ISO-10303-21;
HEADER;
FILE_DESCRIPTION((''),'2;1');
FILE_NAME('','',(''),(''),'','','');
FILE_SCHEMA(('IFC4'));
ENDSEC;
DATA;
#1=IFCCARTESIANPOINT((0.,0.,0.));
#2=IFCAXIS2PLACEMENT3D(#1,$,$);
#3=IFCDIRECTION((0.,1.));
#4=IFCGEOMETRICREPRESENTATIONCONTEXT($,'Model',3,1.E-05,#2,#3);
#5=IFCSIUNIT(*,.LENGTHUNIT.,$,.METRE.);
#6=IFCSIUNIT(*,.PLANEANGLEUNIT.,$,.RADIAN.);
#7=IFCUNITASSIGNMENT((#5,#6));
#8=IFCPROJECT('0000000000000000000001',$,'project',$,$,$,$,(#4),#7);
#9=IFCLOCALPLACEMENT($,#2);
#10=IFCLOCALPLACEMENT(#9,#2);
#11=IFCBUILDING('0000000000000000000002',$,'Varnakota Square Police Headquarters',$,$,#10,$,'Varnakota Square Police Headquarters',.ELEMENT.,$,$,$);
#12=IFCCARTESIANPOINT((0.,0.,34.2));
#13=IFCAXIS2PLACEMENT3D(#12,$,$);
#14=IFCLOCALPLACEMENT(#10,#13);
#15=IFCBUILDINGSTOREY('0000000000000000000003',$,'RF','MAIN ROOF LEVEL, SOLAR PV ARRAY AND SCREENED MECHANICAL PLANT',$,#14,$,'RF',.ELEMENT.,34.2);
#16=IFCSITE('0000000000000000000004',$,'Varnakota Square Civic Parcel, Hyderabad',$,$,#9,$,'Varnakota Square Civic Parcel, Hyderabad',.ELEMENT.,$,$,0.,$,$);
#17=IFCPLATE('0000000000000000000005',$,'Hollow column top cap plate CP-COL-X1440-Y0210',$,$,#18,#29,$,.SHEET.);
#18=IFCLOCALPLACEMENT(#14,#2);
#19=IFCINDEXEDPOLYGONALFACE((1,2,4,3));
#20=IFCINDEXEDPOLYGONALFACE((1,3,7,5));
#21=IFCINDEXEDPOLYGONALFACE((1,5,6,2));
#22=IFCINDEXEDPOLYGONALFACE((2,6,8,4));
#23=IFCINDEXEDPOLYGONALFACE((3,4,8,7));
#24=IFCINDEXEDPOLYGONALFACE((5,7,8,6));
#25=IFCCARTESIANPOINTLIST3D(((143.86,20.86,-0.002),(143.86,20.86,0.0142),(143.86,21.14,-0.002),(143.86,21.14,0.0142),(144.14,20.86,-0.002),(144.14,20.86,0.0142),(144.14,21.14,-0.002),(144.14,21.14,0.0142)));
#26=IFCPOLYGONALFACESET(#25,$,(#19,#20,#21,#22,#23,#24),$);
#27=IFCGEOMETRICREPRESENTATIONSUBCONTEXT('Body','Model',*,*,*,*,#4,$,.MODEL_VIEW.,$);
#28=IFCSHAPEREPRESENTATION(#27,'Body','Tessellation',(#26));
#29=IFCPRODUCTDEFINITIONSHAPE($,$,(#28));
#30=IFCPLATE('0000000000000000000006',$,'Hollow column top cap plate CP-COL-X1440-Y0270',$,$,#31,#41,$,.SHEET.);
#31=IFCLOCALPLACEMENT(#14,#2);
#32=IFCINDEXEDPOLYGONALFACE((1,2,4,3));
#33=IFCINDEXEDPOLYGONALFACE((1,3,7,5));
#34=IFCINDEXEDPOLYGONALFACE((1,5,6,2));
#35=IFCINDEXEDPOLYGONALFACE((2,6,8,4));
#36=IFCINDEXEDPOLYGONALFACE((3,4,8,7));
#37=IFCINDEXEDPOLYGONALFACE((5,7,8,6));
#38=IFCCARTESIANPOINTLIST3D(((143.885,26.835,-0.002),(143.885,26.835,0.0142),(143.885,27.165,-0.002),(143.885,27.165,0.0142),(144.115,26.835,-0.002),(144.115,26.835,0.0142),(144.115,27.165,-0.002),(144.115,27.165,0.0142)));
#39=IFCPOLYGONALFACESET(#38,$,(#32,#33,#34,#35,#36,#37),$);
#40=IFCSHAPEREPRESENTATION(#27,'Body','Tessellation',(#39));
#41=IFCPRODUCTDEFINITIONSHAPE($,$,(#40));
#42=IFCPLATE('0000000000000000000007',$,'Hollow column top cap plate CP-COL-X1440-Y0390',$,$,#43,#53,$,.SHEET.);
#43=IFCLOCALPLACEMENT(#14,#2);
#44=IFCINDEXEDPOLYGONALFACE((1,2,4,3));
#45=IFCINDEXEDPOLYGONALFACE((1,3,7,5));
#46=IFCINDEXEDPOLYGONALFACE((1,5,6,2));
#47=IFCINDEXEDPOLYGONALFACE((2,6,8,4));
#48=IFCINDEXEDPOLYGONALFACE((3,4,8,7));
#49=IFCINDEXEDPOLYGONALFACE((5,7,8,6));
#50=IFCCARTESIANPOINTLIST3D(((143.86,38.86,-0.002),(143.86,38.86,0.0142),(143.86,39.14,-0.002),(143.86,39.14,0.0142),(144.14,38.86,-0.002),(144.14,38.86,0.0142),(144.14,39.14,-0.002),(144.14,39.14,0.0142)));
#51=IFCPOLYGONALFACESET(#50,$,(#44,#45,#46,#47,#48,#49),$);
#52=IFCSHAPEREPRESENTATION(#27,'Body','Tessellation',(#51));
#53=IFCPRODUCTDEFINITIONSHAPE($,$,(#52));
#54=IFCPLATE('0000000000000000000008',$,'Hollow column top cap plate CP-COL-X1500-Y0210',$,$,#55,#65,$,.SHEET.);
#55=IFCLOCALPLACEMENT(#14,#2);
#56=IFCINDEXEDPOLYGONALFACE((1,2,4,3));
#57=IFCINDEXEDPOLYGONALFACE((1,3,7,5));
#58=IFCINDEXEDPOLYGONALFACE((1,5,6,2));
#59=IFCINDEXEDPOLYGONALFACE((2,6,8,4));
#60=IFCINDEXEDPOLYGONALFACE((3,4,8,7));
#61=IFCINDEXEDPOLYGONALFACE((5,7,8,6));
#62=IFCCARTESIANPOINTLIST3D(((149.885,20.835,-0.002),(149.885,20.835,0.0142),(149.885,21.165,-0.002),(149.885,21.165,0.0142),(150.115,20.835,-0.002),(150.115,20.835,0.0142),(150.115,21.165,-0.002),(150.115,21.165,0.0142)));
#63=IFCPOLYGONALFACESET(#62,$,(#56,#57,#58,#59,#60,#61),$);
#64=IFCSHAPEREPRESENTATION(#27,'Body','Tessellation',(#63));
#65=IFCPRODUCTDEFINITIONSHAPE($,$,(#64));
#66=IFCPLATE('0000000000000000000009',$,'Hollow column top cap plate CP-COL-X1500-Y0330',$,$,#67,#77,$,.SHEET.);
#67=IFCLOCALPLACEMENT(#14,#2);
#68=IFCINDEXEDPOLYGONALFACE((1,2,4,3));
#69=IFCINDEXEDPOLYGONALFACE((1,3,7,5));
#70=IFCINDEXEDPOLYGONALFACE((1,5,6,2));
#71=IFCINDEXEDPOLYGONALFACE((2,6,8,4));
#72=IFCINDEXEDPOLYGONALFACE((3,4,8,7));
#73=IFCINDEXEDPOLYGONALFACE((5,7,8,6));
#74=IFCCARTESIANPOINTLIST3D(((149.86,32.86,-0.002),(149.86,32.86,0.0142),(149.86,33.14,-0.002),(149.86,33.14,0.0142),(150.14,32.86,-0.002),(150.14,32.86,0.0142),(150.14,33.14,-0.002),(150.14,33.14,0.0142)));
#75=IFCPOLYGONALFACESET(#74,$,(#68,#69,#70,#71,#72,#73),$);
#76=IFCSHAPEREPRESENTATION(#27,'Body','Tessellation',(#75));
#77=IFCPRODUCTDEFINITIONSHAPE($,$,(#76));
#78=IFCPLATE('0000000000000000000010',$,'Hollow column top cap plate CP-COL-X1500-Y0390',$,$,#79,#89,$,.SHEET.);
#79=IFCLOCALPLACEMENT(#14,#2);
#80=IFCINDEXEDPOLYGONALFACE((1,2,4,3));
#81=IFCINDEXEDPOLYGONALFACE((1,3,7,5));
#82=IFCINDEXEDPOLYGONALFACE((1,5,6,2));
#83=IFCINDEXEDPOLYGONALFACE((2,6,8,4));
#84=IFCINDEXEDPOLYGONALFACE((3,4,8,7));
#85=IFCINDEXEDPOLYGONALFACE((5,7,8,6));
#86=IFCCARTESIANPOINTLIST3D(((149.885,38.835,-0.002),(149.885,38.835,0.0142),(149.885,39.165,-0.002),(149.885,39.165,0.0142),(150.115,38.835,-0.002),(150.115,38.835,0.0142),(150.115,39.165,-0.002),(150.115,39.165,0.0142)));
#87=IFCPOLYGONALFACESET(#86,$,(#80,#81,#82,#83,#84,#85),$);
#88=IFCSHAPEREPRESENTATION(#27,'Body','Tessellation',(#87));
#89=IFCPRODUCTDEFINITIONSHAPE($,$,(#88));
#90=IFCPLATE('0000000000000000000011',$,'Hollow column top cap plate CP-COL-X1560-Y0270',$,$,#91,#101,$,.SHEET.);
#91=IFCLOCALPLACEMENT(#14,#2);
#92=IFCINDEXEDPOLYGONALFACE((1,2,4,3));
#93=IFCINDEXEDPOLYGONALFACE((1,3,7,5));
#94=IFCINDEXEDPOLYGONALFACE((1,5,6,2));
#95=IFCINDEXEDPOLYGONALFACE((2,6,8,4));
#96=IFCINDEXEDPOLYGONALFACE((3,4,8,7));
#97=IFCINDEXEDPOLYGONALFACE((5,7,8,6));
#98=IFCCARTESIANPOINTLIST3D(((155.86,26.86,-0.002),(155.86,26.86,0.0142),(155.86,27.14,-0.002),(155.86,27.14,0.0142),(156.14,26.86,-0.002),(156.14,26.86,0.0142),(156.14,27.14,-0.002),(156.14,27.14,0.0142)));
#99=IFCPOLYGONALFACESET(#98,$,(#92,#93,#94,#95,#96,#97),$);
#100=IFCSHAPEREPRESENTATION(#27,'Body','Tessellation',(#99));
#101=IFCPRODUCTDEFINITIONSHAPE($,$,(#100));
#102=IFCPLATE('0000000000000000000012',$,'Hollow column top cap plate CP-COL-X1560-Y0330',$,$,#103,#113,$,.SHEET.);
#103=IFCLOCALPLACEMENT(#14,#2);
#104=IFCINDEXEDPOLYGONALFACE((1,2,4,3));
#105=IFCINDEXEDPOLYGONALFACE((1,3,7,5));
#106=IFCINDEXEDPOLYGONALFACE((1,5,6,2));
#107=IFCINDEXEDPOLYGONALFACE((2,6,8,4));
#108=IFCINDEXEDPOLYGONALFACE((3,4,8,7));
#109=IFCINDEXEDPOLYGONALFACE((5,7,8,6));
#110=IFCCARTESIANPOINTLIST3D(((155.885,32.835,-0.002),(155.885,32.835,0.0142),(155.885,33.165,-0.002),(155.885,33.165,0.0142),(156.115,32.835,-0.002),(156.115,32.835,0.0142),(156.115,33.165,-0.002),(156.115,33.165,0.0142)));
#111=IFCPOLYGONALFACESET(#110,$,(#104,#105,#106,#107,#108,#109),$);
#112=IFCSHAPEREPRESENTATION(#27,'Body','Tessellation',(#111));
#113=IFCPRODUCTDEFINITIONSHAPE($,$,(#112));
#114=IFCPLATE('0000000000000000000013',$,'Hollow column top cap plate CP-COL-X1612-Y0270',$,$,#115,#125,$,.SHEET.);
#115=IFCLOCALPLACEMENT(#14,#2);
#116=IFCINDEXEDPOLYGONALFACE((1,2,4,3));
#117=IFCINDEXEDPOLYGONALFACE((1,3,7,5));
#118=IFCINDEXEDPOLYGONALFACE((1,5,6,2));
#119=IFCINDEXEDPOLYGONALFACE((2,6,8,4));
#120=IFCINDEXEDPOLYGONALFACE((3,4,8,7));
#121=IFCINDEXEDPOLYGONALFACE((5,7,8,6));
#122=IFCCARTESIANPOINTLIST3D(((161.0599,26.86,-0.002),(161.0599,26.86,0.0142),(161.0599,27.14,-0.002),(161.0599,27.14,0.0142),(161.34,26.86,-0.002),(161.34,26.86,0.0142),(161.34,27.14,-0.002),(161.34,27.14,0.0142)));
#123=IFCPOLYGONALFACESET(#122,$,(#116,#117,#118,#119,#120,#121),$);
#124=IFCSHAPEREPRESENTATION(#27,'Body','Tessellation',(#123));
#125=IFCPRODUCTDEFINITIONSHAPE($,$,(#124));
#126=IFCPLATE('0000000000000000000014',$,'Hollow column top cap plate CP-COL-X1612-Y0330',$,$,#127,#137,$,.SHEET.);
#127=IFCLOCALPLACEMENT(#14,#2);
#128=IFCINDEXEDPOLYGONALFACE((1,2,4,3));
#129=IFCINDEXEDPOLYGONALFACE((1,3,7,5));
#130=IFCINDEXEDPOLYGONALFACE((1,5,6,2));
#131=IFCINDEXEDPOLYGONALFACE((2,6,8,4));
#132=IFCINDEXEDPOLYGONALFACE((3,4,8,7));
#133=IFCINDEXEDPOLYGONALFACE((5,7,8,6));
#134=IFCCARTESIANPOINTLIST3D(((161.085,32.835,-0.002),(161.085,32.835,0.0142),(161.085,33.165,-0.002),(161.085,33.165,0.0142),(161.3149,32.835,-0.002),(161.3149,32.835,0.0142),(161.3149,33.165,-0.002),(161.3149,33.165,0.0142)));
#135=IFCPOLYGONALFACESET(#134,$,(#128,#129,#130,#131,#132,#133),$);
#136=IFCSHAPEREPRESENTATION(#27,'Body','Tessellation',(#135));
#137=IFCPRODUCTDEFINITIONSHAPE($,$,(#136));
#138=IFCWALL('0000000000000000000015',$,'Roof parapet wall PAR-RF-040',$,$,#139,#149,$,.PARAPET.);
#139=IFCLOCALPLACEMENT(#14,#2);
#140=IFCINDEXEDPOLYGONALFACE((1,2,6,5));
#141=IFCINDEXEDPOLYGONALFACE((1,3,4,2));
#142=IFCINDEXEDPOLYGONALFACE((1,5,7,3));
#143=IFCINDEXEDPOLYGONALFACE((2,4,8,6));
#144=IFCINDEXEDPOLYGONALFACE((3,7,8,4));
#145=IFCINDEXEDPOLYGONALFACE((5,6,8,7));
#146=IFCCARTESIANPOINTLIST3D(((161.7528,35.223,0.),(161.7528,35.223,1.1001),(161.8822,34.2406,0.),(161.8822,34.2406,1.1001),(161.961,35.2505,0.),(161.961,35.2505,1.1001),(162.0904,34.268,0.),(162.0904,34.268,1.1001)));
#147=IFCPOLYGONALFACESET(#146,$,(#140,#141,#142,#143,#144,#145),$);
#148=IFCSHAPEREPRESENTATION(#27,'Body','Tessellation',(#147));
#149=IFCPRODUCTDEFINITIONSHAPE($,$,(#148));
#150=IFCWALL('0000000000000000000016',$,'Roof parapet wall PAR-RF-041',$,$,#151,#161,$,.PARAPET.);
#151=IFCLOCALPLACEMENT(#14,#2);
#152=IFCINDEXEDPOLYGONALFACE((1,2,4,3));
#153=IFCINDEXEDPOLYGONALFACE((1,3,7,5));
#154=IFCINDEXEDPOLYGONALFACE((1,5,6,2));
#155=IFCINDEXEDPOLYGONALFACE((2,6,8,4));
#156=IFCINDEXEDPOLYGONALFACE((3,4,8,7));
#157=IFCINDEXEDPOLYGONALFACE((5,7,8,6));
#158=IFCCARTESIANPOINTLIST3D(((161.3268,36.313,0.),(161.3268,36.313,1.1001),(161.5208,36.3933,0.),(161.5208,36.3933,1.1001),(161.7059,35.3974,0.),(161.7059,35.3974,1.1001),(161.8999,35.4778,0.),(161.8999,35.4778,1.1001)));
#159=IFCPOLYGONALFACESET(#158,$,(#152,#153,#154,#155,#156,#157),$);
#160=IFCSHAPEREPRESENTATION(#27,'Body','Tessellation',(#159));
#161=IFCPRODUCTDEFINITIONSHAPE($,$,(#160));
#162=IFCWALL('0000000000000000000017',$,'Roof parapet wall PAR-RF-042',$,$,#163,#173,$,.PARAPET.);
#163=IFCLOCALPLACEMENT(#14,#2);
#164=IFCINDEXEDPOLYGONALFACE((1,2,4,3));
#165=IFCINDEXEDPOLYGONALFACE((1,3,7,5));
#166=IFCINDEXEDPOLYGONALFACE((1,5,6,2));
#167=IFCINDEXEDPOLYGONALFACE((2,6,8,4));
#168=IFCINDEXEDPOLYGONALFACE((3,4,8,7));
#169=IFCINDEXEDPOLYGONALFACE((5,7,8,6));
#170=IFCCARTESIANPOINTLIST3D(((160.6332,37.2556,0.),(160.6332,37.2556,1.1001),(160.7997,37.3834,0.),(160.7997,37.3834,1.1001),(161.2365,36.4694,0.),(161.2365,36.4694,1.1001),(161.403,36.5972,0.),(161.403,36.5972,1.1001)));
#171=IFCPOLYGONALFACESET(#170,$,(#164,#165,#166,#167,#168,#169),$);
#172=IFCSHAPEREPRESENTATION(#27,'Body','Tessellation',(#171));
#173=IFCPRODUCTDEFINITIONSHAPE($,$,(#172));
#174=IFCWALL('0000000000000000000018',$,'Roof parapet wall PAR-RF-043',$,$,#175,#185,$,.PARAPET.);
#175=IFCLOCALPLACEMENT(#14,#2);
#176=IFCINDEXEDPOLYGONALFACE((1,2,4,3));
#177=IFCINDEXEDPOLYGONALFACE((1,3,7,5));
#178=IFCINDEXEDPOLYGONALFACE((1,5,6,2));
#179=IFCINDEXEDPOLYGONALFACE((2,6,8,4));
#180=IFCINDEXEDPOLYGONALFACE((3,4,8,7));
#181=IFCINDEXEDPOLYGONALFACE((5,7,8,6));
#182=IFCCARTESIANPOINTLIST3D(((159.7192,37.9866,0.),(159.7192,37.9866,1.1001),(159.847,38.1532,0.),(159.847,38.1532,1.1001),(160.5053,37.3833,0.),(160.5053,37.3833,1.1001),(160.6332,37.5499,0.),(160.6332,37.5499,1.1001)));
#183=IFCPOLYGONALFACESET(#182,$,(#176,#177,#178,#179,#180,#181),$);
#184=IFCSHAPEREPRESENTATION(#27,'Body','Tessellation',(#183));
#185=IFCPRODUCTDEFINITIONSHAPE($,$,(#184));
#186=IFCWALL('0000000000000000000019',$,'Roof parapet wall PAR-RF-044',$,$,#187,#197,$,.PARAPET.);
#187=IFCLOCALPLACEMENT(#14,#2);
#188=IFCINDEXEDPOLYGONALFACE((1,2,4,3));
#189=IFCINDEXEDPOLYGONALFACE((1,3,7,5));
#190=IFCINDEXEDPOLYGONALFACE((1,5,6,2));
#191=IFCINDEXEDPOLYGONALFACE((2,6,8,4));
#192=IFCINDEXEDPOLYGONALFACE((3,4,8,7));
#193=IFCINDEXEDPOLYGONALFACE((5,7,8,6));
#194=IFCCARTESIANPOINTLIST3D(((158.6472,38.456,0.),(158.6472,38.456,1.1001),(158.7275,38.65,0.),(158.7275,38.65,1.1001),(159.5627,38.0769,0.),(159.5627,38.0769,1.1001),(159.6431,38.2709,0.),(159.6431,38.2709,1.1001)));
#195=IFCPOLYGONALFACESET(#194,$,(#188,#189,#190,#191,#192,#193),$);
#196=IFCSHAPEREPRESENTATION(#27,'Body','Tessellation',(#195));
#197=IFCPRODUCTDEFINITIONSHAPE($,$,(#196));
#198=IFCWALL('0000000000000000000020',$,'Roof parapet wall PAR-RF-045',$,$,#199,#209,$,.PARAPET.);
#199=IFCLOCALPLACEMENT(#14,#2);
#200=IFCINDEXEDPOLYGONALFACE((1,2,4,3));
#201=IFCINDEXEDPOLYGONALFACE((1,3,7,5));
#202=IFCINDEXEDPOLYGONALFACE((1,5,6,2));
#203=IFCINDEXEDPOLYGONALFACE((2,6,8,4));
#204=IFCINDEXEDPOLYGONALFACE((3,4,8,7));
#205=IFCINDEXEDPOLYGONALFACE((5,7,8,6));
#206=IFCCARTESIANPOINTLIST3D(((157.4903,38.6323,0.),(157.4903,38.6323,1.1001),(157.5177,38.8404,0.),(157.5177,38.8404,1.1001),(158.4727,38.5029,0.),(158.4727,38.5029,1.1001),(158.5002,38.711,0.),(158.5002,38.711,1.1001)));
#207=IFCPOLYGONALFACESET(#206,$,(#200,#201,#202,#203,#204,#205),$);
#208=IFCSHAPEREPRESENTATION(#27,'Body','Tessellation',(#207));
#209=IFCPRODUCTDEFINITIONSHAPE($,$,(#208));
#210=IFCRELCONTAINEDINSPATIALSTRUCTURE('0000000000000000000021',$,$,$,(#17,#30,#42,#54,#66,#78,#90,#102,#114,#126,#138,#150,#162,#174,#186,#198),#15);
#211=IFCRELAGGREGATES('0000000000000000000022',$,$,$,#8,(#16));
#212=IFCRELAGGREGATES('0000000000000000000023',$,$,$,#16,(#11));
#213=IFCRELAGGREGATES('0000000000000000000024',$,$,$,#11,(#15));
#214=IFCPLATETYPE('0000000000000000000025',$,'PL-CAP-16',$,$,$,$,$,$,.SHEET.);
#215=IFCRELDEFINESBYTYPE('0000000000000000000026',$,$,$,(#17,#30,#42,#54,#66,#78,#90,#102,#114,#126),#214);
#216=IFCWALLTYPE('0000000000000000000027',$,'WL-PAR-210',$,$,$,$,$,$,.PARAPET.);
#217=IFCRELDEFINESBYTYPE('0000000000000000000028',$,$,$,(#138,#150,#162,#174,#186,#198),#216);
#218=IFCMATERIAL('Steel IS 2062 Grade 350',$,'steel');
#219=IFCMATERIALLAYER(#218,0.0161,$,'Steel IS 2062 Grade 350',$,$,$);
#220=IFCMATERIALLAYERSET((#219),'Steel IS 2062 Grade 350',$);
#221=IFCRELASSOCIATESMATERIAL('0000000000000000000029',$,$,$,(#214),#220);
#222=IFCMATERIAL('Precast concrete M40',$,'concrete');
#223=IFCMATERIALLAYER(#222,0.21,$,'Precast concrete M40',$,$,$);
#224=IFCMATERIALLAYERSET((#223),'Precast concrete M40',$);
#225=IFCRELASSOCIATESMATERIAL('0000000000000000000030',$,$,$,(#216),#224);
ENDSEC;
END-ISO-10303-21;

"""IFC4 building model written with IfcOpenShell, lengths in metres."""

from ifc_helpers import new_model, si_unit, direction, frame, frame_2d, origin, origin_2d, place, context, subcontext, project, spatial, rectangle, extrude, material, layer, layer_set, type_object, element, save


model = new_model("IFC4")

# Units and contexts
model_context = context("Model", 3, precision=1e-05, world=origin(), true_north=direction((0.0, 1.0)))
body_context = subcontext(model_context, "Body", "Model", "MODEL_VIEW")
ifc_project = project(units=[si_unit("LENGTHUNIT", "METRE"), si_unit("PLANEANGLEUNIT", "RADIAN")], contexts=[model_context])

# Site, building, storey
site_placement = place(None, origin())
site = spatial("IfcSite", under=ifc_project, at=site_placement, Name="Varnakota Square Civic Parcel, Hyderabad", LongName="Varnakota Square Civic Parcel, Hyderabad", CompositionType="ELEMENT", RefElevation=0.0)
building_placement = place(site_placement, origin())
building = spatial("IfcBuilding", under=site, at=building_placement, Name="Varnakota Square Police Headquarters", LongName="Varnakota Square Police Headquarters", CompositionType="ELEMENT")
storey_placement = place(building_placement, frame((0.0, 0.0, 34.2)))
storey = spatial("IfcBuildingStorey", under=building, at=storey_placement, Name="RF", Description="MAIN ROOF LEVEL, SOLAR PV ARRAY AND SCREENED MECHANICAL PLANT", LongName="RF", CompositionType="ELEMENT", Elevation=34.2)

# Plates
ifc_material_1 = material(Name="Steel IS 2062 Grade 350", Category="steel")
ifc_layer_1 = layer(ifc_material_1, 0.0161, Name="Steel IS 2062 Grade 350")
ifc_layer_set_1 = layer_set([ifc_layer_1], Name="Steel IS 2062 Grade 350")
plate_type = type_object("IfcPlateType", Name="PL-CAP-16", PredefinedType="SHEET", material=ifc_layer_set_1)
plate_1_placement = place(storey_placement, frame((144.0, 21.0, -0.002), z_axis=(0.0, 0.0, 1.0), x_axis=(1.0, 0.0, 0.0)))
element("IfcPlate", 1, at=plate_1_placement, inside=storey, type_object=plate_type, Name="Hollow column top cap plate CP-COL-X1440-Y0210", PredefinedType="SHEET", context=body_context, shape_type="SweptSolid", body=[
    extrude(rectangle(XDim=0.28, YDim=0.28, at=origin_2d()), origin(), (0.0, 0.0, 1.0), 0.0161),
])
plate_2_placement = place(storey_placement, frame((144.0, 27.0, -0.002), z_axis=(0.0, 0.0, 1.0), x_axis=(1.0, 0.0, 0.0)))
element("IfcPlate", 2, at=plate_2_placement, inside=storey, type_object=plate_type, Name="Hollow column top cap plate CP-COL-X1440-Y0270", PredefinedType="SHEET", context=body_context, shape_type="SweptSolid", body=[
    extrude(rectangle(XDim=0.23, YDim=0.3301, at=origin_2d()), origin(), (0.0, 0.0, 1.0), 0.0161),
])
plate_3_placement = place(storey_placement, frame((144.0, 39.0, -0.002), z_axis=(0.0, 0.0, 1.0), x_axis=(1.0, 0.0, 0.0)))
element("IfcPlate", 3, at=plate_3_placement, inside=storey, type_object=plate_type, Name="Hollow column top cap plate CP-COL-X1440-Y0390", PredefinedType="SHEET", context=body_context, shape_type="SweptSolid", body=[
    extrude(rectangle(XDim=0.28, YDim=0.28, at=origin_2d()), origin(), (0.0, 0.0, 1.0), 0.0161),
])
plate_4_placement = place(storey_placement, frame((150.0, 21.0, -0.002), z_axis=(0.0, 0.0, 1.0), x_axis=(1.0, 0.0, 0.0)))
element("IfcPlate", 4, at=plate_4_placement, inside=storey, type_object=plate_type, Name="Hollow column top cap plate CP-COL-X1500-Y0210", PredefinedType="SHEET", context=body_context, shape_type="SweptSolid", body=[
    extrude(rectangle(XDim=0.23, YDim=0.3301, at=origin_2d()), origin(), (0.0, 0.0, 1.0), 0.0161),
])
plate_5_placement = place(storey_placement, frame((150.0, 33.0, -0.002), z_axis=(0.0, 0.0, 1.0), x_axis=(1.0, 0.0, 0.0)))
element("IfcPlate", 5, at=plate_5_placement, inside=storey, type_object=plate_type, Name="Hollow column top cap plate CP-COL-X1500-Y0330", PredefinedType="SHEET", context=body_context, shape_type="SweptSolid", body=[
    extrude(rectangle(XDim=0.28, YDim=0.28, at=origin_2d()), origin(), (0.0, 0.0, 1.0), 0.0161),
])
plate_6_placement = place(storey_placement, frame((150.0, 39.0, -0.002), z_axis=(0.0, 0.0, 1.0), x_axis=(1.0, 0.0, 0.0)))
element("IfcPlate", 6, at=plate_6_placement, inside=storey, type_object=plate_type, Name="Hollow column top cap plate CP-COL-X1500-Y0390", PredefinedType="SHEET", context=body_context, shape_type="SweptSolid", body=[
    extrude(rectangle(XDim=0.23, YDim=0.3301, at=origin_2d()), origin(), (0.0, 0.0, 1.0), 0.0161),
])
plate_7_placement = place(storey_placement, frame((156.0, 27.0, -0.002), z_axis=(0.0, 0.0, 1.0), x_axis=(1.0, 0.0, 0.0)))
element("IfcPlate", 7, at=plate_7_placement, inside=storey, type_object=plate_type, Name="Hollow column top cap plate CP-COL-X1560-Y0270", PredefinedType="SHEET", context=body_context, shape_type="SweptSolid", body=[
    extrude(rectangle(XDim=0.28, YDim=0.28, at=origin_2d()), origin(), (0.0, 0.0, 1.0), 0.0161),
])
plate_8_placement = place(storey_placement, frame((156.0, 33.0, -0.002), z_axis=(0.0, 0.0, 1.0), x_axis=(1.0, 0.0, 0.0)))
element("IfcPlate", 8, at=plate_8_placement, inside=storey, type_object=plate_type, Name="Hollow column top cap plate CP-COL-X1560-Y0330", PredefinedType="SHEET", context=body_context, shape_type="SweptSolid", body=[
    extrude(rectangle(XDim=0.23, YDim=0.3301, at=origin_2d()), origin(), (0.0, 0.0, 1.0), 0.0161),
])
plate_9_placement = place(storey_placement, frame((161.2, 27.0, -0.002), z_axis=(0.0, 0.0, 1.0), x_axis=(1.0, 0.0, 0.0)))
element("IfcPlate", 9, at=plate_9_placement, inside=storey, type_object=plate_type, Name="Hollow column top cap plate CP-COL-X1612-Y0270", PredefinedType="SHEET", context=body_context, shape_type="SweptSolid", body=[
    extrude(rectangle(XDim=0.28, YDim=0.28, at=origin_2d()), origin(), (0.0, 0.0, 1.0), 0.0161),
])
plate_10_placement = place(storey_placement, frame((161.2, 33.0, -0.002), z_axis=(0.0, 0.0, 1.0), x_axis=(1.0, 0.0, 0.0)))
element("IfcPlate", 10, at=plate_10_placement, inside=storey, type_object=plate_type, Name="Hollow column top cap plate CP-COL-X1612-Y0330", PredefinedType="SHEET", context=body_context, shape_type="SweptSolid", body=[
    extrude(rectangle(XDim=0.23, YDim=0.3301, at=origin_2d()), origin(), (0.0, 0.0, 1.0), 0.0161),
])

# Walls
ifc_material_2 = material(Name="Precast concrete M40", Category="concrete")
ifc_layer_2 = layer(ifc_material_2, 0.21, Name="Precast concrete M40")
ifc_layer_set_2 = layer_set([ifc_layer_2], Name="Precast concrete M40")
wall_type = type_object("IfcWallType", Name="WL-PAR-210", PredefinedType="PARAPET", material=ifc_layer_set_2)
for number, where, z_axis, x_axis, name in (
    (11, (161.9863, 34.2542, 0.0), (0.0, 0.0, 1.0), (-0.130582, 0.991438, 0.0), "Roof parapet wall PAR-RF-040"),
    (12, (161.803, 35.4375, 0.0), (0.0, 0.0, 1.0), (-0.38262, 0.923906, 0.0), "Roof parapet wall PAR-RF-041"),
    (13, (161.3198, 36.5332, 0.0), (0.0, 0.0, 1.0), (-0.608794, 0.793329, 0.0), "Roof parapet wall PAR-RF-042"),
    (14, (160.5693, 37.4666, 0.0), (0.0, 0.0, 1.0), (-0.793329, 0.608794, 0.0), "Roof parapet wall PAR-RF-043"),
    (15, (159.603, 38.1738, 0.0), (0.0, 0.0, 1.0), (-0.923906, 0.38262, 0.0), "Roof parapet wall PAR-RF-044"),
    (16, (158.4866, 38.6069, 0.0), (0.0, 0.0, 1.0), (-0.991438, 0.130582, 0.0), "Roof parapet wall PAR-RF-045"),
):
    element("IfcWall", number, at=place(storey_placement, frame(where, z_axis=z_axis, x_axis=x_axis)), inside=storey, type_object=wall_type, Name=name, PredefinedType="PARAPET", context=body_context, shape_type="SweptSolid", body=[
        extrude(rectangle(XDim=0.991, YDim=0.21, at=frame_2d((0.4956, 0.0))), origin(), (0.0, 0.0, 1.0), 1.1001),
    ])

save(model, "model.ifc")
